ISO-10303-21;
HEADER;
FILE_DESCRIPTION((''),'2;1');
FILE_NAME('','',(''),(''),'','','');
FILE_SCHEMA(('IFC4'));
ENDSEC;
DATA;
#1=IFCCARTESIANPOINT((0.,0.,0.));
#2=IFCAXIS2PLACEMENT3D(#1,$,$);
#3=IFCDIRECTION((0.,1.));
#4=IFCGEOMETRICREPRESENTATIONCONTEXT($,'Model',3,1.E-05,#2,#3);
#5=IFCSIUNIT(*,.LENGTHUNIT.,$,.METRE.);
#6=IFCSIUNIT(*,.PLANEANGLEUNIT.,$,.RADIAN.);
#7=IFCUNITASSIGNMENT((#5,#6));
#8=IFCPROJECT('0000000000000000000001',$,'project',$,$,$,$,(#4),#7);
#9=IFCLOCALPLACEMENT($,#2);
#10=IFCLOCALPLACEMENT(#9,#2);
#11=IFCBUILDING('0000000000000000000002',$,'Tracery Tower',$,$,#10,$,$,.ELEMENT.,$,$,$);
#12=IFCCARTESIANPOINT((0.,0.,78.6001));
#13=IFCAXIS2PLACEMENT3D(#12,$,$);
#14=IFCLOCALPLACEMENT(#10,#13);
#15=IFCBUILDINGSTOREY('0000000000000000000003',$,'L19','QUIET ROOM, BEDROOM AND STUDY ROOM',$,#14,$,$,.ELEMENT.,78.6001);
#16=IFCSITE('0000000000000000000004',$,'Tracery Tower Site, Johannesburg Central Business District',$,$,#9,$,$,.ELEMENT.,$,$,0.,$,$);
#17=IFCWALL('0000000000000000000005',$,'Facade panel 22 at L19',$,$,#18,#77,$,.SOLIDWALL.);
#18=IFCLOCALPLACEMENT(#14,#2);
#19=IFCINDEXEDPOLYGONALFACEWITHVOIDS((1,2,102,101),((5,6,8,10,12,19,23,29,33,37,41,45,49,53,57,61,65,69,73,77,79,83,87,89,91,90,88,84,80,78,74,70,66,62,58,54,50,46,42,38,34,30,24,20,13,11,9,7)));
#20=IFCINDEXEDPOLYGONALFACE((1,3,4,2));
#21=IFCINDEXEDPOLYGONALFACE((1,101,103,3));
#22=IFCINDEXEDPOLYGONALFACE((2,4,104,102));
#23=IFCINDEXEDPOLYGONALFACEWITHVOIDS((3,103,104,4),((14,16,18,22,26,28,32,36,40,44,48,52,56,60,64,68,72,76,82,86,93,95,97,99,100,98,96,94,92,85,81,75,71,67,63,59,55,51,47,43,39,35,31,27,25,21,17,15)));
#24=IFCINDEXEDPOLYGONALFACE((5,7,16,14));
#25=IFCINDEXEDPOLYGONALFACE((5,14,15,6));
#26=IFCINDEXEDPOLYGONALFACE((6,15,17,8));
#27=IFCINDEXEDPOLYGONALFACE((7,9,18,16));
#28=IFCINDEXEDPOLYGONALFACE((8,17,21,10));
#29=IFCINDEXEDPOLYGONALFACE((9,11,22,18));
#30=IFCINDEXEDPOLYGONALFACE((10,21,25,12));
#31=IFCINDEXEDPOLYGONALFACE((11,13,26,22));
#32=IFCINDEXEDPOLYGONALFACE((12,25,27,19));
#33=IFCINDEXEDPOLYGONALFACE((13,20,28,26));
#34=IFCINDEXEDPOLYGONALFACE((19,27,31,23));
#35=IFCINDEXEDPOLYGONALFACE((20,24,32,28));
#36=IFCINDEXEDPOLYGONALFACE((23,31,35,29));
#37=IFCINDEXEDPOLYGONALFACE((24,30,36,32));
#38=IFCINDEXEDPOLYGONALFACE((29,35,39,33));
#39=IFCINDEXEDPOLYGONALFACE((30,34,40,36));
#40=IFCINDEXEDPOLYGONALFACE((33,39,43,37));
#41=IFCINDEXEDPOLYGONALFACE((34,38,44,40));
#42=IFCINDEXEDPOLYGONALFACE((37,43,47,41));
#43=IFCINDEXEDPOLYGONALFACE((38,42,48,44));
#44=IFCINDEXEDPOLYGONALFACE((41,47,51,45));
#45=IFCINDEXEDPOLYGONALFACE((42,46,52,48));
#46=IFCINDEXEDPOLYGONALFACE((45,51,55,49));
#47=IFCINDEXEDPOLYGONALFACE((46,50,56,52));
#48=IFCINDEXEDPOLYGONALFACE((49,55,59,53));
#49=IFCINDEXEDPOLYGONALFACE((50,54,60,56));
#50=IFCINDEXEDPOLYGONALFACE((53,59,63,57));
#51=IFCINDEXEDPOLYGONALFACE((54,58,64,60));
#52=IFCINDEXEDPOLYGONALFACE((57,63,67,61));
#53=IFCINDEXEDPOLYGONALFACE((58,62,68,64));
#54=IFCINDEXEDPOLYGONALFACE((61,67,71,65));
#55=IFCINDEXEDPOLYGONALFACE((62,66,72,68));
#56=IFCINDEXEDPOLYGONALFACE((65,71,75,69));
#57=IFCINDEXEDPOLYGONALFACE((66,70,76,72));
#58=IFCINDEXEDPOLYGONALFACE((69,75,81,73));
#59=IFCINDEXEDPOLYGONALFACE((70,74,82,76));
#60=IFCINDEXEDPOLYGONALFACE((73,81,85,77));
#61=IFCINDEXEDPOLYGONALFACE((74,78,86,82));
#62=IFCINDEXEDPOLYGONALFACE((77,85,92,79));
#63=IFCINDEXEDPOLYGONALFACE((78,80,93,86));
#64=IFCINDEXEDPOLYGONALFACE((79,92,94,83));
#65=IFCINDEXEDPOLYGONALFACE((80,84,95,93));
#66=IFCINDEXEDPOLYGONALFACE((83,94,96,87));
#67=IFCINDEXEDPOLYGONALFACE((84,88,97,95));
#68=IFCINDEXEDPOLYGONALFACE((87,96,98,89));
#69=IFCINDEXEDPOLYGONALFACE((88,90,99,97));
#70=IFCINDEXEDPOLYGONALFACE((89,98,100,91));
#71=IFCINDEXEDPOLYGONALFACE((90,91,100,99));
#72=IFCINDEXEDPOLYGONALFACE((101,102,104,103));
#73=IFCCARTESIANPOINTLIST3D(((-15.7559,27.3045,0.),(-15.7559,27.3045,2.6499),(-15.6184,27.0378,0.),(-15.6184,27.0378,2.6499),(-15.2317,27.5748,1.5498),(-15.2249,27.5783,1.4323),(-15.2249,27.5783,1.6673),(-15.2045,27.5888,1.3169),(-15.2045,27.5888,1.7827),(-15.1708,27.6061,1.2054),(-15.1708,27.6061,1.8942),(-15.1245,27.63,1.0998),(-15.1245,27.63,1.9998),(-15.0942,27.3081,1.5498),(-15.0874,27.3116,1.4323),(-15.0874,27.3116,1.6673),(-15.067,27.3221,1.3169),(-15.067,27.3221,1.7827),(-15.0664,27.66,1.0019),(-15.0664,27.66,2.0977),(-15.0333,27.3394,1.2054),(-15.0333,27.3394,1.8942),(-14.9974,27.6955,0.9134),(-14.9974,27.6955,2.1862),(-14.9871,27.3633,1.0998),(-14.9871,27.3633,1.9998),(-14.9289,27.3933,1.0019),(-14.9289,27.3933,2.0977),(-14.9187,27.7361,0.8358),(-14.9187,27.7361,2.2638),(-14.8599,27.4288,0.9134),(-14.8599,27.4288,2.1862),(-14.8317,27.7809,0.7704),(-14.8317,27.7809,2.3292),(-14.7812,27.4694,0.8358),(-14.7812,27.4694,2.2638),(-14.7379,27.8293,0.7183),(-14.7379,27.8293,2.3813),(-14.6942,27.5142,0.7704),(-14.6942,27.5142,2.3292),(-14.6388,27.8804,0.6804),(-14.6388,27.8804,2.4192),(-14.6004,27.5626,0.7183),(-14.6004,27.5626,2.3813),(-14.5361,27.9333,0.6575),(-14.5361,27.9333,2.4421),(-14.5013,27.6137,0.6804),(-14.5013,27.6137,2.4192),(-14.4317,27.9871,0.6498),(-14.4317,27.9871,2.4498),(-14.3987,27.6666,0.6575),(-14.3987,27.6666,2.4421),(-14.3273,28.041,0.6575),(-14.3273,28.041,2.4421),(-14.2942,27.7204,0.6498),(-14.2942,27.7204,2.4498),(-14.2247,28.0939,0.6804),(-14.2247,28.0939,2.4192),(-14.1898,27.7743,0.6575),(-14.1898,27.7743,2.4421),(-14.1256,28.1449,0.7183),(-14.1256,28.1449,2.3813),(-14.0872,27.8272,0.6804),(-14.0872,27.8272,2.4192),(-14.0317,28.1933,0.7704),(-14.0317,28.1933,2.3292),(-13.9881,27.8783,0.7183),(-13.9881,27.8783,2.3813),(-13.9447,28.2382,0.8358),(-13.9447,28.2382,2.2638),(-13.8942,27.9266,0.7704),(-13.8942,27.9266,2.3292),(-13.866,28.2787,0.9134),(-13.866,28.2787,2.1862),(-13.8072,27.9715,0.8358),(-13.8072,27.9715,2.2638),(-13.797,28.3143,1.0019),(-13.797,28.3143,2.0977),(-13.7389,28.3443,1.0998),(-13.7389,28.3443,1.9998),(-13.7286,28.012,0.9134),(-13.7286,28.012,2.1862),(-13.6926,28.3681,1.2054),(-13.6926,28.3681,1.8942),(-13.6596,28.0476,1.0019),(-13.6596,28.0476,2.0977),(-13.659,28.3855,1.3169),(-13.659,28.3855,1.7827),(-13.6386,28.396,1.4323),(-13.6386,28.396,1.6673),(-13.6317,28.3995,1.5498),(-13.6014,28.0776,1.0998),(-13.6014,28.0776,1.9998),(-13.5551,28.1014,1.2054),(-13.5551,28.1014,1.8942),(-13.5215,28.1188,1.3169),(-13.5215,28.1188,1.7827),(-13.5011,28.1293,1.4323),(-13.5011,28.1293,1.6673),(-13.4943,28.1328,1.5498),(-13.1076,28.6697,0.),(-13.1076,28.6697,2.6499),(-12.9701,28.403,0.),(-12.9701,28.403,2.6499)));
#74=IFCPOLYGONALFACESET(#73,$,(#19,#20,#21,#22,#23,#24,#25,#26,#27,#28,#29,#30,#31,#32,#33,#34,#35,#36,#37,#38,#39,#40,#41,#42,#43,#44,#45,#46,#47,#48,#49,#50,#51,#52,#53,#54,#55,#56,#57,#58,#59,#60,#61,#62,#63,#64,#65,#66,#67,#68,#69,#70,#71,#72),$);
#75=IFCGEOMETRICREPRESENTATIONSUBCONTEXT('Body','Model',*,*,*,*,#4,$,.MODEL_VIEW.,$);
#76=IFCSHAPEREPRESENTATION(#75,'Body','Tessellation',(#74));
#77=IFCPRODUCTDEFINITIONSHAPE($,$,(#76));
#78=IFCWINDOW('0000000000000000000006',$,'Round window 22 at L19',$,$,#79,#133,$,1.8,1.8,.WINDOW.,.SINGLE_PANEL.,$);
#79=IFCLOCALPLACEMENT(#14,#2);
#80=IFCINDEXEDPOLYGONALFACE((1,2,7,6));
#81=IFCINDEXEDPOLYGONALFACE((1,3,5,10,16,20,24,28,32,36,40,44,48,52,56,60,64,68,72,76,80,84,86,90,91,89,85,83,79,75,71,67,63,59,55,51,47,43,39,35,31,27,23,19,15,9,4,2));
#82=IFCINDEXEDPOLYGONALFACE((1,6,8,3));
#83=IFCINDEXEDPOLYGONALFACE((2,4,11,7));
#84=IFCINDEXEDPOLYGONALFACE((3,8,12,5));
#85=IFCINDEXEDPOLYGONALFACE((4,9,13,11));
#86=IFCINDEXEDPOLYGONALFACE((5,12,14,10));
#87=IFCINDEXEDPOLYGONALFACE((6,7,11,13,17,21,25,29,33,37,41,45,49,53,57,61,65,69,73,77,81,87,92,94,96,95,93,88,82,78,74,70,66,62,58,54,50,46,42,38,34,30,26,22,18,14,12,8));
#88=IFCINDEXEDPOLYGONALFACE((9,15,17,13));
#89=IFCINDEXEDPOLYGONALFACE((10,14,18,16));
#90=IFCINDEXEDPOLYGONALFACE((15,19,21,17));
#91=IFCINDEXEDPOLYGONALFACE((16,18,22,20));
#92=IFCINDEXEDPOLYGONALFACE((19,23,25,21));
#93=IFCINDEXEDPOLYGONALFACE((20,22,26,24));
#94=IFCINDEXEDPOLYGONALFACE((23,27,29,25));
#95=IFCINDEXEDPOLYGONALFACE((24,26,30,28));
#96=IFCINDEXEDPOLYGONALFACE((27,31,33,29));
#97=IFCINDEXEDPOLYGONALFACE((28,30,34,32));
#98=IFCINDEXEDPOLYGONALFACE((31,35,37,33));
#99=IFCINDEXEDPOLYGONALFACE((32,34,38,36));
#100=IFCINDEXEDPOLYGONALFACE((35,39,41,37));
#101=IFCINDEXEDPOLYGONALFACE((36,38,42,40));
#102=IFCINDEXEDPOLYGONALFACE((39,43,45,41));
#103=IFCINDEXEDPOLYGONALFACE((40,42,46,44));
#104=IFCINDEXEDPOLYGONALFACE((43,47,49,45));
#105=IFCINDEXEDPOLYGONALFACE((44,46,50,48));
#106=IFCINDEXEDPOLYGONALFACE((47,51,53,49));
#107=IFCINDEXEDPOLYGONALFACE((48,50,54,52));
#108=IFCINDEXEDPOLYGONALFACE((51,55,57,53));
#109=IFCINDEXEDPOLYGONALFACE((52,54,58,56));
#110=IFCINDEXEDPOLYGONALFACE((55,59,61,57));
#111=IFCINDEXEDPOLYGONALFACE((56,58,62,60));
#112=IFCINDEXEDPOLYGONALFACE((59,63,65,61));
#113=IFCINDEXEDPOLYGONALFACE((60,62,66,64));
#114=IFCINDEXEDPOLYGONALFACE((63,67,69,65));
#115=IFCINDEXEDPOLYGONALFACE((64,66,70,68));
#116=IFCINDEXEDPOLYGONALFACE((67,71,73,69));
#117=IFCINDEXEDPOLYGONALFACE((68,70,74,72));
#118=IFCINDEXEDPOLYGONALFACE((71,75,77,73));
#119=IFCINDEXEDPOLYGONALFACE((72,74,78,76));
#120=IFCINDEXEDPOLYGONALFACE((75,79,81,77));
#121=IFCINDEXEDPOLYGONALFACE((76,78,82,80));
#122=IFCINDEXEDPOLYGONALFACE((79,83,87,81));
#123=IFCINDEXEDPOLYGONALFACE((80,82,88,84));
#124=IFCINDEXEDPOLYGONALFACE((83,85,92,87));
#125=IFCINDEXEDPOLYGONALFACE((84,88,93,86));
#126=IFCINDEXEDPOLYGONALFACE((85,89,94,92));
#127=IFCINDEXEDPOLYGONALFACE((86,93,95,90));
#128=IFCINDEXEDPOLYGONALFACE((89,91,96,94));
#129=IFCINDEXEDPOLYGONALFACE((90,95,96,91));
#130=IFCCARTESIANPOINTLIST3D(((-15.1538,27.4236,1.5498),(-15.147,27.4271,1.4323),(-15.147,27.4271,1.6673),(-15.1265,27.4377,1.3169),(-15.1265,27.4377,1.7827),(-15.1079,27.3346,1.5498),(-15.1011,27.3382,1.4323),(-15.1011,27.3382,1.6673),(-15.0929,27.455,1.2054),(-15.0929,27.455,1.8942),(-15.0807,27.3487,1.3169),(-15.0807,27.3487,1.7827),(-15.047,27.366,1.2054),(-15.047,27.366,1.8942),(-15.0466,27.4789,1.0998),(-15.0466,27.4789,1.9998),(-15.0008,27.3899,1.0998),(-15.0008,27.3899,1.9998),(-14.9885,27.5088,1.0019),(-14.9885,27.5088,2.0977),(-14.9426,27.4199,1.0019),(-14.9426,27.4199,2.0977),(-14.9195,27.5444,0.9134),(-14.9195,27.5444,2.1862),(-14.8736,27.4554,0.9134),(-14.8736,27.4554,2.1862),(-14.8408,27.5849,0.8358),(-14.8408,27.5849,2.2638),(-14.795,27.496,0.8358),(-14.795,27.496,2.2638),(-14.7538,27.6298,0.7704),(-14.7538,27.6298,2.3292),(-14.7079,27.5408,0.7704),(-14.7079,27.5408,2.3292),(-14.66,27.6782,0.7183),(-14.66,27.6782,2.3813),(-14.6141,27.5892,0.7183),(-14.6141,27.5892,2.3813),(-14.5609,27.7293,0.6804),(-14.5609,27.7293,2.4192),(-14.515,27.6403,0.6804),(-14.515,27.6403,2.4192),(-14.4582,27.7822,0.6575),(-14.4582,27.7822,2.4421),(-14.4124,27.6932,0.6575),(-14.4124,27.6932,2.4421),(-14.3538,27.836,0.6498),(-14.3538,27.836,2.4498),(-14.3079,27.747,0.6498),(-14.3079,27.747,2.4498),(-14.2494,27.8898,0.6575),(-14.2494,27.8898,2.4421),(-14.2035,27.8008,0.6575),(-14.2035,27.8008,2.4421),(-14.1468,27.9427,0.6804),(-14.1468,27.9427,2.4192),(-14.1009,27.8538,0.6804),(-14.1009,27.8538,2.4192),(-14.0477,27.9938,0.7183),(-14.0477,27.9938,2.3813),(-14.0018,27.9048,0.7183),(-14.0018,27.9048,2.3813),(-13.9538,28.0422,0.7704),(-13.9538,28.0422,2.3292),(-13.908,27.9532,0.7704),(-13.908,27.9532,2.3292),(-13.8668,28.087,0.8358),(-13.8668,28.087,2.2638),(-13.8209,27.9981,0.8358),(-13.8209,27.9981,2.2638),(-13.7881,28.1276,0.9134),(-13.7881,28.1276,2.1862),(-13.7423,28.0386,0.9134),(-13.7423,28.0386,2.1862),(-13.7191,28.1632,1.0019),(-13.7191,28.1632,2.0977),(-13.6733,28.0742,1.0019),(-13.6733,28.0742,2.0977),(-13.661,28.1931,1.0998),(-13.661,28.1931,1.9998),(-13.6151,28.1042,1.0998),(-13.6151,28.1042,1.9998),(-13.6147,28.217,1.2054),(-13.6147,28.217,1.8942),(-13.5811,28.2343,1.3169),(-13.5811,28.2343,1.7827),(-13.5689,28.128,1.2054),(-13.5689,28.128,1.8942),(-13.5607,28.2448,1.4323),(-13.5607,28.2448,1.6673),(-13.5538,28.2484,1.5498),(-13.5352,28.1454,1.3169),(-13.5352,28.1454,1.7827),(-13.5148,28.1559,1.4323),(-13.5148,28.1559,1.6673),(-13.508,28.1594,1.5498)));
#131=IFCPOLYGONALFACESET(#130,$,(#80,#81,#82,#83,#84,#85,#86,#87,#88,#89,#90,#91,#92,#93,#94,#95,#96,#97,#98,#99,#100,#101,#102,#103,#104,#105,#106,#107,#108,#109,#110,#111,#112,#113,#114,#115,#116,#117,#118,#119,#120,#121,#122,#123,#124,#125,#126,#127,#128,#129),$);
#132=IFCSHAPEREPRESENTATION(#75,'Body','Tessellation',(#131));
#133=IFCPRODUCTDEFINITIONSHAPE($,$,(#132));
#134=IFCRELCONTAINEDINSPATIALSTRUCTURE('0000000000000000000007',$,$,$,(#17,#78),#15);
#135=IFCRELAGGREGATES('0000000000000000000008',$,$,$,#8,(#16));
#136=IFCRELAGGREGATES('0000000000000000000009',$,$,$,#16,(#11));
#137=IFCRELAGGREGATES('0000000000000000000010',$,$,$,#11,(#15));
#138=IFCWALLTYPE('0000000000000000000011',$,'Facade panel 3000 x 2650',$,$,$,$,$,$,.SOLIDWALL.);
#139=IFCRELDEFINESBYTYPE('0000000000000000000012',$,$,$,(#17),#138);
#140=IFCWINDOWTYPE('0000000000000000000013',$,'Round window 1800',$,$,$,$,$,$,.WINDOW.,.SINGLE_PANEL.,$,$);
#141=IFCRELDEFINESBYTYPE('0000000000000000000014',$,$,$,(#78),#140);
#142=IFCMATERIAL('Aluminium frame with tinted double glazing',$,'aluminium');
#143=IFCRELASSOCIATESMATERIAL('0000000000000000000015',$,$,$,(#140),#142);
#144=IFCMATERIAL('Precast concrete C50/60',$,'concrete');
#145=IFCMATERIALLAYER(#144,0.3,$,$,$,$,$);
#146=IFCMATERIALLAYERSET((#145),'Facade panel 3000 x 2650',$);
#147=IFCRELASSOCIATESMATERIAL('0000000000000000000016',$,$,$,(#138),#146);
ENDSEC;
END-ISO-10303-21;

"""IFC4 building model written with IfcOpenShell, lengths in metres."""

from ifc_helpers import new_model, si_unit, direction, frame, frame_2d, origin, origin_2d, place, context, subcontext, project, spatial, rectangle, circle, extrude, material, layer, layer_set, type_object, element, fill, save


model = new_model("IFC4")

# Units and contexts
model_context = context("Model", 3, precision=1e-05, world=origin(), true_north=direction((0.0, 1.0)))
body_context = subcontext(model_context, "Body", "Model", "MODEL_VIEW")
ifc_project = project(units=[si_unit("LENGTHUNIT", "METRE"), si_unit("PLANEANGLEUNIT", "RADIAN")], contexts=[model_context])

# Site, building, storey
site_placement = place(None, origin())
site = spatial("IfcSite", under=ifc_project, at=site_placement, Name="Tracery Tower Site, Johannesburg Central Business District", CompositionType="ELEMENT", RefElevation=0.0)
building_placement = place(site_placement, origin())
building = spatial("IfcBuilding", under=site, at=building_placement, Name="Tracery Tower", CompositionType="ELEMENT")
storey_placement = place(building_placement, frame((0.0, 0.0, 78.6001)))
storey = spatial("IfcBuildingStorey", under=building, at=storey_placement, Name="L19", Description="QUIET ROOM, BEDROOM AND STUDY ROOM", CompositionType="ELEMENT", Elevation=78.6001)

# Wall, opening, window
ifc_material_1 = material(Name="Aluminium frame with tinted double glazing", Category="aluminium")
window_type = type_object("IfcWindowType", Name="Round window 1800", PartitioningType="SINGLE_PANEL", PredefinedType="WINDOW", material=ifc_material_1)
ifc_material_2 = material(Name="Precast concrete C50/60", Category="concrete")
ifc_layer_1 = layer(ifc_material_2, 0.3)
ifc_layer_set_1 = layer_set([ifc_layer_1], Name="Facade panel 3000 x 2650")
wall_type_1 = type_object("IfcWallType", Name="Facade panel 3000 x 2650", PredefinedType="SOLIDWALL", material=ifc_layer_set_1)
wall_1_placement = place(storey_placement, frame((-13.0388, 28.5364, 0.0), z_axis=(0.0, 0.0, 1.0), x_axis=(-0.888853, -0.458192, 0.0)))
wall_1 = element("IfcWall", 1, at=wall_1_placement, inside=storey, type_object=wall_type_1, Name="Facade panel 22 at L19", PredefinedType="SOLIDWALL", context=body_context, shape_type="SweptSolid", body=[
    extrude(rectangle(XDim=2.9795, YDim=0.3, at=frame_2d((1.4897, 0.0))), origin(), (0.0, 0.0, 1.0), 2.6499),
])
opening_1_placement = place(wall_1_placement, frame((1.4897, 0.0, 1.5498)))
opening_1 = element("IfcOpeningElement", 2, at=opening_1_placement, cuts=wall_1, PredefinedType="OPENING", context=body_context, shape_type="SweptSolid", body=[
    extrude(circle(Radius=0.9, at=origin_2d()), frame((0.0, 0.1599, 0.0), z_axis=(0.0, -1.0, 0.0), x_axis=(1.0, 0.0, 0.0)), (0.0, 0.0, 1.0), 0.3201),
])
window_1_placement = place(opening_1_placement, origin())
window_1 = element("IfcWindow", 3, at=window_1_placement, inside=storey, type_object=window_type, Name="Round window 22 at L19", OverallHeight=1.8, OverallWidth=1.8, PartitioningType="SINGLE_PANEL", PredefinedType="WINDOW", context=body_context, shape_type="SweptSolid", body=[
    extrude(circle(Radius=0.9, at=origin_2d()), frame((0.0, 0.1201, 0.0), z_axis=(0.0, -1.0, 0.0), x_axis=(1.0, 0.0, 0.0)), (0.0, 0.0, 1.0), 0.1001),
])
fill(opening_1, window_1)

save(model, "model.ifc")
